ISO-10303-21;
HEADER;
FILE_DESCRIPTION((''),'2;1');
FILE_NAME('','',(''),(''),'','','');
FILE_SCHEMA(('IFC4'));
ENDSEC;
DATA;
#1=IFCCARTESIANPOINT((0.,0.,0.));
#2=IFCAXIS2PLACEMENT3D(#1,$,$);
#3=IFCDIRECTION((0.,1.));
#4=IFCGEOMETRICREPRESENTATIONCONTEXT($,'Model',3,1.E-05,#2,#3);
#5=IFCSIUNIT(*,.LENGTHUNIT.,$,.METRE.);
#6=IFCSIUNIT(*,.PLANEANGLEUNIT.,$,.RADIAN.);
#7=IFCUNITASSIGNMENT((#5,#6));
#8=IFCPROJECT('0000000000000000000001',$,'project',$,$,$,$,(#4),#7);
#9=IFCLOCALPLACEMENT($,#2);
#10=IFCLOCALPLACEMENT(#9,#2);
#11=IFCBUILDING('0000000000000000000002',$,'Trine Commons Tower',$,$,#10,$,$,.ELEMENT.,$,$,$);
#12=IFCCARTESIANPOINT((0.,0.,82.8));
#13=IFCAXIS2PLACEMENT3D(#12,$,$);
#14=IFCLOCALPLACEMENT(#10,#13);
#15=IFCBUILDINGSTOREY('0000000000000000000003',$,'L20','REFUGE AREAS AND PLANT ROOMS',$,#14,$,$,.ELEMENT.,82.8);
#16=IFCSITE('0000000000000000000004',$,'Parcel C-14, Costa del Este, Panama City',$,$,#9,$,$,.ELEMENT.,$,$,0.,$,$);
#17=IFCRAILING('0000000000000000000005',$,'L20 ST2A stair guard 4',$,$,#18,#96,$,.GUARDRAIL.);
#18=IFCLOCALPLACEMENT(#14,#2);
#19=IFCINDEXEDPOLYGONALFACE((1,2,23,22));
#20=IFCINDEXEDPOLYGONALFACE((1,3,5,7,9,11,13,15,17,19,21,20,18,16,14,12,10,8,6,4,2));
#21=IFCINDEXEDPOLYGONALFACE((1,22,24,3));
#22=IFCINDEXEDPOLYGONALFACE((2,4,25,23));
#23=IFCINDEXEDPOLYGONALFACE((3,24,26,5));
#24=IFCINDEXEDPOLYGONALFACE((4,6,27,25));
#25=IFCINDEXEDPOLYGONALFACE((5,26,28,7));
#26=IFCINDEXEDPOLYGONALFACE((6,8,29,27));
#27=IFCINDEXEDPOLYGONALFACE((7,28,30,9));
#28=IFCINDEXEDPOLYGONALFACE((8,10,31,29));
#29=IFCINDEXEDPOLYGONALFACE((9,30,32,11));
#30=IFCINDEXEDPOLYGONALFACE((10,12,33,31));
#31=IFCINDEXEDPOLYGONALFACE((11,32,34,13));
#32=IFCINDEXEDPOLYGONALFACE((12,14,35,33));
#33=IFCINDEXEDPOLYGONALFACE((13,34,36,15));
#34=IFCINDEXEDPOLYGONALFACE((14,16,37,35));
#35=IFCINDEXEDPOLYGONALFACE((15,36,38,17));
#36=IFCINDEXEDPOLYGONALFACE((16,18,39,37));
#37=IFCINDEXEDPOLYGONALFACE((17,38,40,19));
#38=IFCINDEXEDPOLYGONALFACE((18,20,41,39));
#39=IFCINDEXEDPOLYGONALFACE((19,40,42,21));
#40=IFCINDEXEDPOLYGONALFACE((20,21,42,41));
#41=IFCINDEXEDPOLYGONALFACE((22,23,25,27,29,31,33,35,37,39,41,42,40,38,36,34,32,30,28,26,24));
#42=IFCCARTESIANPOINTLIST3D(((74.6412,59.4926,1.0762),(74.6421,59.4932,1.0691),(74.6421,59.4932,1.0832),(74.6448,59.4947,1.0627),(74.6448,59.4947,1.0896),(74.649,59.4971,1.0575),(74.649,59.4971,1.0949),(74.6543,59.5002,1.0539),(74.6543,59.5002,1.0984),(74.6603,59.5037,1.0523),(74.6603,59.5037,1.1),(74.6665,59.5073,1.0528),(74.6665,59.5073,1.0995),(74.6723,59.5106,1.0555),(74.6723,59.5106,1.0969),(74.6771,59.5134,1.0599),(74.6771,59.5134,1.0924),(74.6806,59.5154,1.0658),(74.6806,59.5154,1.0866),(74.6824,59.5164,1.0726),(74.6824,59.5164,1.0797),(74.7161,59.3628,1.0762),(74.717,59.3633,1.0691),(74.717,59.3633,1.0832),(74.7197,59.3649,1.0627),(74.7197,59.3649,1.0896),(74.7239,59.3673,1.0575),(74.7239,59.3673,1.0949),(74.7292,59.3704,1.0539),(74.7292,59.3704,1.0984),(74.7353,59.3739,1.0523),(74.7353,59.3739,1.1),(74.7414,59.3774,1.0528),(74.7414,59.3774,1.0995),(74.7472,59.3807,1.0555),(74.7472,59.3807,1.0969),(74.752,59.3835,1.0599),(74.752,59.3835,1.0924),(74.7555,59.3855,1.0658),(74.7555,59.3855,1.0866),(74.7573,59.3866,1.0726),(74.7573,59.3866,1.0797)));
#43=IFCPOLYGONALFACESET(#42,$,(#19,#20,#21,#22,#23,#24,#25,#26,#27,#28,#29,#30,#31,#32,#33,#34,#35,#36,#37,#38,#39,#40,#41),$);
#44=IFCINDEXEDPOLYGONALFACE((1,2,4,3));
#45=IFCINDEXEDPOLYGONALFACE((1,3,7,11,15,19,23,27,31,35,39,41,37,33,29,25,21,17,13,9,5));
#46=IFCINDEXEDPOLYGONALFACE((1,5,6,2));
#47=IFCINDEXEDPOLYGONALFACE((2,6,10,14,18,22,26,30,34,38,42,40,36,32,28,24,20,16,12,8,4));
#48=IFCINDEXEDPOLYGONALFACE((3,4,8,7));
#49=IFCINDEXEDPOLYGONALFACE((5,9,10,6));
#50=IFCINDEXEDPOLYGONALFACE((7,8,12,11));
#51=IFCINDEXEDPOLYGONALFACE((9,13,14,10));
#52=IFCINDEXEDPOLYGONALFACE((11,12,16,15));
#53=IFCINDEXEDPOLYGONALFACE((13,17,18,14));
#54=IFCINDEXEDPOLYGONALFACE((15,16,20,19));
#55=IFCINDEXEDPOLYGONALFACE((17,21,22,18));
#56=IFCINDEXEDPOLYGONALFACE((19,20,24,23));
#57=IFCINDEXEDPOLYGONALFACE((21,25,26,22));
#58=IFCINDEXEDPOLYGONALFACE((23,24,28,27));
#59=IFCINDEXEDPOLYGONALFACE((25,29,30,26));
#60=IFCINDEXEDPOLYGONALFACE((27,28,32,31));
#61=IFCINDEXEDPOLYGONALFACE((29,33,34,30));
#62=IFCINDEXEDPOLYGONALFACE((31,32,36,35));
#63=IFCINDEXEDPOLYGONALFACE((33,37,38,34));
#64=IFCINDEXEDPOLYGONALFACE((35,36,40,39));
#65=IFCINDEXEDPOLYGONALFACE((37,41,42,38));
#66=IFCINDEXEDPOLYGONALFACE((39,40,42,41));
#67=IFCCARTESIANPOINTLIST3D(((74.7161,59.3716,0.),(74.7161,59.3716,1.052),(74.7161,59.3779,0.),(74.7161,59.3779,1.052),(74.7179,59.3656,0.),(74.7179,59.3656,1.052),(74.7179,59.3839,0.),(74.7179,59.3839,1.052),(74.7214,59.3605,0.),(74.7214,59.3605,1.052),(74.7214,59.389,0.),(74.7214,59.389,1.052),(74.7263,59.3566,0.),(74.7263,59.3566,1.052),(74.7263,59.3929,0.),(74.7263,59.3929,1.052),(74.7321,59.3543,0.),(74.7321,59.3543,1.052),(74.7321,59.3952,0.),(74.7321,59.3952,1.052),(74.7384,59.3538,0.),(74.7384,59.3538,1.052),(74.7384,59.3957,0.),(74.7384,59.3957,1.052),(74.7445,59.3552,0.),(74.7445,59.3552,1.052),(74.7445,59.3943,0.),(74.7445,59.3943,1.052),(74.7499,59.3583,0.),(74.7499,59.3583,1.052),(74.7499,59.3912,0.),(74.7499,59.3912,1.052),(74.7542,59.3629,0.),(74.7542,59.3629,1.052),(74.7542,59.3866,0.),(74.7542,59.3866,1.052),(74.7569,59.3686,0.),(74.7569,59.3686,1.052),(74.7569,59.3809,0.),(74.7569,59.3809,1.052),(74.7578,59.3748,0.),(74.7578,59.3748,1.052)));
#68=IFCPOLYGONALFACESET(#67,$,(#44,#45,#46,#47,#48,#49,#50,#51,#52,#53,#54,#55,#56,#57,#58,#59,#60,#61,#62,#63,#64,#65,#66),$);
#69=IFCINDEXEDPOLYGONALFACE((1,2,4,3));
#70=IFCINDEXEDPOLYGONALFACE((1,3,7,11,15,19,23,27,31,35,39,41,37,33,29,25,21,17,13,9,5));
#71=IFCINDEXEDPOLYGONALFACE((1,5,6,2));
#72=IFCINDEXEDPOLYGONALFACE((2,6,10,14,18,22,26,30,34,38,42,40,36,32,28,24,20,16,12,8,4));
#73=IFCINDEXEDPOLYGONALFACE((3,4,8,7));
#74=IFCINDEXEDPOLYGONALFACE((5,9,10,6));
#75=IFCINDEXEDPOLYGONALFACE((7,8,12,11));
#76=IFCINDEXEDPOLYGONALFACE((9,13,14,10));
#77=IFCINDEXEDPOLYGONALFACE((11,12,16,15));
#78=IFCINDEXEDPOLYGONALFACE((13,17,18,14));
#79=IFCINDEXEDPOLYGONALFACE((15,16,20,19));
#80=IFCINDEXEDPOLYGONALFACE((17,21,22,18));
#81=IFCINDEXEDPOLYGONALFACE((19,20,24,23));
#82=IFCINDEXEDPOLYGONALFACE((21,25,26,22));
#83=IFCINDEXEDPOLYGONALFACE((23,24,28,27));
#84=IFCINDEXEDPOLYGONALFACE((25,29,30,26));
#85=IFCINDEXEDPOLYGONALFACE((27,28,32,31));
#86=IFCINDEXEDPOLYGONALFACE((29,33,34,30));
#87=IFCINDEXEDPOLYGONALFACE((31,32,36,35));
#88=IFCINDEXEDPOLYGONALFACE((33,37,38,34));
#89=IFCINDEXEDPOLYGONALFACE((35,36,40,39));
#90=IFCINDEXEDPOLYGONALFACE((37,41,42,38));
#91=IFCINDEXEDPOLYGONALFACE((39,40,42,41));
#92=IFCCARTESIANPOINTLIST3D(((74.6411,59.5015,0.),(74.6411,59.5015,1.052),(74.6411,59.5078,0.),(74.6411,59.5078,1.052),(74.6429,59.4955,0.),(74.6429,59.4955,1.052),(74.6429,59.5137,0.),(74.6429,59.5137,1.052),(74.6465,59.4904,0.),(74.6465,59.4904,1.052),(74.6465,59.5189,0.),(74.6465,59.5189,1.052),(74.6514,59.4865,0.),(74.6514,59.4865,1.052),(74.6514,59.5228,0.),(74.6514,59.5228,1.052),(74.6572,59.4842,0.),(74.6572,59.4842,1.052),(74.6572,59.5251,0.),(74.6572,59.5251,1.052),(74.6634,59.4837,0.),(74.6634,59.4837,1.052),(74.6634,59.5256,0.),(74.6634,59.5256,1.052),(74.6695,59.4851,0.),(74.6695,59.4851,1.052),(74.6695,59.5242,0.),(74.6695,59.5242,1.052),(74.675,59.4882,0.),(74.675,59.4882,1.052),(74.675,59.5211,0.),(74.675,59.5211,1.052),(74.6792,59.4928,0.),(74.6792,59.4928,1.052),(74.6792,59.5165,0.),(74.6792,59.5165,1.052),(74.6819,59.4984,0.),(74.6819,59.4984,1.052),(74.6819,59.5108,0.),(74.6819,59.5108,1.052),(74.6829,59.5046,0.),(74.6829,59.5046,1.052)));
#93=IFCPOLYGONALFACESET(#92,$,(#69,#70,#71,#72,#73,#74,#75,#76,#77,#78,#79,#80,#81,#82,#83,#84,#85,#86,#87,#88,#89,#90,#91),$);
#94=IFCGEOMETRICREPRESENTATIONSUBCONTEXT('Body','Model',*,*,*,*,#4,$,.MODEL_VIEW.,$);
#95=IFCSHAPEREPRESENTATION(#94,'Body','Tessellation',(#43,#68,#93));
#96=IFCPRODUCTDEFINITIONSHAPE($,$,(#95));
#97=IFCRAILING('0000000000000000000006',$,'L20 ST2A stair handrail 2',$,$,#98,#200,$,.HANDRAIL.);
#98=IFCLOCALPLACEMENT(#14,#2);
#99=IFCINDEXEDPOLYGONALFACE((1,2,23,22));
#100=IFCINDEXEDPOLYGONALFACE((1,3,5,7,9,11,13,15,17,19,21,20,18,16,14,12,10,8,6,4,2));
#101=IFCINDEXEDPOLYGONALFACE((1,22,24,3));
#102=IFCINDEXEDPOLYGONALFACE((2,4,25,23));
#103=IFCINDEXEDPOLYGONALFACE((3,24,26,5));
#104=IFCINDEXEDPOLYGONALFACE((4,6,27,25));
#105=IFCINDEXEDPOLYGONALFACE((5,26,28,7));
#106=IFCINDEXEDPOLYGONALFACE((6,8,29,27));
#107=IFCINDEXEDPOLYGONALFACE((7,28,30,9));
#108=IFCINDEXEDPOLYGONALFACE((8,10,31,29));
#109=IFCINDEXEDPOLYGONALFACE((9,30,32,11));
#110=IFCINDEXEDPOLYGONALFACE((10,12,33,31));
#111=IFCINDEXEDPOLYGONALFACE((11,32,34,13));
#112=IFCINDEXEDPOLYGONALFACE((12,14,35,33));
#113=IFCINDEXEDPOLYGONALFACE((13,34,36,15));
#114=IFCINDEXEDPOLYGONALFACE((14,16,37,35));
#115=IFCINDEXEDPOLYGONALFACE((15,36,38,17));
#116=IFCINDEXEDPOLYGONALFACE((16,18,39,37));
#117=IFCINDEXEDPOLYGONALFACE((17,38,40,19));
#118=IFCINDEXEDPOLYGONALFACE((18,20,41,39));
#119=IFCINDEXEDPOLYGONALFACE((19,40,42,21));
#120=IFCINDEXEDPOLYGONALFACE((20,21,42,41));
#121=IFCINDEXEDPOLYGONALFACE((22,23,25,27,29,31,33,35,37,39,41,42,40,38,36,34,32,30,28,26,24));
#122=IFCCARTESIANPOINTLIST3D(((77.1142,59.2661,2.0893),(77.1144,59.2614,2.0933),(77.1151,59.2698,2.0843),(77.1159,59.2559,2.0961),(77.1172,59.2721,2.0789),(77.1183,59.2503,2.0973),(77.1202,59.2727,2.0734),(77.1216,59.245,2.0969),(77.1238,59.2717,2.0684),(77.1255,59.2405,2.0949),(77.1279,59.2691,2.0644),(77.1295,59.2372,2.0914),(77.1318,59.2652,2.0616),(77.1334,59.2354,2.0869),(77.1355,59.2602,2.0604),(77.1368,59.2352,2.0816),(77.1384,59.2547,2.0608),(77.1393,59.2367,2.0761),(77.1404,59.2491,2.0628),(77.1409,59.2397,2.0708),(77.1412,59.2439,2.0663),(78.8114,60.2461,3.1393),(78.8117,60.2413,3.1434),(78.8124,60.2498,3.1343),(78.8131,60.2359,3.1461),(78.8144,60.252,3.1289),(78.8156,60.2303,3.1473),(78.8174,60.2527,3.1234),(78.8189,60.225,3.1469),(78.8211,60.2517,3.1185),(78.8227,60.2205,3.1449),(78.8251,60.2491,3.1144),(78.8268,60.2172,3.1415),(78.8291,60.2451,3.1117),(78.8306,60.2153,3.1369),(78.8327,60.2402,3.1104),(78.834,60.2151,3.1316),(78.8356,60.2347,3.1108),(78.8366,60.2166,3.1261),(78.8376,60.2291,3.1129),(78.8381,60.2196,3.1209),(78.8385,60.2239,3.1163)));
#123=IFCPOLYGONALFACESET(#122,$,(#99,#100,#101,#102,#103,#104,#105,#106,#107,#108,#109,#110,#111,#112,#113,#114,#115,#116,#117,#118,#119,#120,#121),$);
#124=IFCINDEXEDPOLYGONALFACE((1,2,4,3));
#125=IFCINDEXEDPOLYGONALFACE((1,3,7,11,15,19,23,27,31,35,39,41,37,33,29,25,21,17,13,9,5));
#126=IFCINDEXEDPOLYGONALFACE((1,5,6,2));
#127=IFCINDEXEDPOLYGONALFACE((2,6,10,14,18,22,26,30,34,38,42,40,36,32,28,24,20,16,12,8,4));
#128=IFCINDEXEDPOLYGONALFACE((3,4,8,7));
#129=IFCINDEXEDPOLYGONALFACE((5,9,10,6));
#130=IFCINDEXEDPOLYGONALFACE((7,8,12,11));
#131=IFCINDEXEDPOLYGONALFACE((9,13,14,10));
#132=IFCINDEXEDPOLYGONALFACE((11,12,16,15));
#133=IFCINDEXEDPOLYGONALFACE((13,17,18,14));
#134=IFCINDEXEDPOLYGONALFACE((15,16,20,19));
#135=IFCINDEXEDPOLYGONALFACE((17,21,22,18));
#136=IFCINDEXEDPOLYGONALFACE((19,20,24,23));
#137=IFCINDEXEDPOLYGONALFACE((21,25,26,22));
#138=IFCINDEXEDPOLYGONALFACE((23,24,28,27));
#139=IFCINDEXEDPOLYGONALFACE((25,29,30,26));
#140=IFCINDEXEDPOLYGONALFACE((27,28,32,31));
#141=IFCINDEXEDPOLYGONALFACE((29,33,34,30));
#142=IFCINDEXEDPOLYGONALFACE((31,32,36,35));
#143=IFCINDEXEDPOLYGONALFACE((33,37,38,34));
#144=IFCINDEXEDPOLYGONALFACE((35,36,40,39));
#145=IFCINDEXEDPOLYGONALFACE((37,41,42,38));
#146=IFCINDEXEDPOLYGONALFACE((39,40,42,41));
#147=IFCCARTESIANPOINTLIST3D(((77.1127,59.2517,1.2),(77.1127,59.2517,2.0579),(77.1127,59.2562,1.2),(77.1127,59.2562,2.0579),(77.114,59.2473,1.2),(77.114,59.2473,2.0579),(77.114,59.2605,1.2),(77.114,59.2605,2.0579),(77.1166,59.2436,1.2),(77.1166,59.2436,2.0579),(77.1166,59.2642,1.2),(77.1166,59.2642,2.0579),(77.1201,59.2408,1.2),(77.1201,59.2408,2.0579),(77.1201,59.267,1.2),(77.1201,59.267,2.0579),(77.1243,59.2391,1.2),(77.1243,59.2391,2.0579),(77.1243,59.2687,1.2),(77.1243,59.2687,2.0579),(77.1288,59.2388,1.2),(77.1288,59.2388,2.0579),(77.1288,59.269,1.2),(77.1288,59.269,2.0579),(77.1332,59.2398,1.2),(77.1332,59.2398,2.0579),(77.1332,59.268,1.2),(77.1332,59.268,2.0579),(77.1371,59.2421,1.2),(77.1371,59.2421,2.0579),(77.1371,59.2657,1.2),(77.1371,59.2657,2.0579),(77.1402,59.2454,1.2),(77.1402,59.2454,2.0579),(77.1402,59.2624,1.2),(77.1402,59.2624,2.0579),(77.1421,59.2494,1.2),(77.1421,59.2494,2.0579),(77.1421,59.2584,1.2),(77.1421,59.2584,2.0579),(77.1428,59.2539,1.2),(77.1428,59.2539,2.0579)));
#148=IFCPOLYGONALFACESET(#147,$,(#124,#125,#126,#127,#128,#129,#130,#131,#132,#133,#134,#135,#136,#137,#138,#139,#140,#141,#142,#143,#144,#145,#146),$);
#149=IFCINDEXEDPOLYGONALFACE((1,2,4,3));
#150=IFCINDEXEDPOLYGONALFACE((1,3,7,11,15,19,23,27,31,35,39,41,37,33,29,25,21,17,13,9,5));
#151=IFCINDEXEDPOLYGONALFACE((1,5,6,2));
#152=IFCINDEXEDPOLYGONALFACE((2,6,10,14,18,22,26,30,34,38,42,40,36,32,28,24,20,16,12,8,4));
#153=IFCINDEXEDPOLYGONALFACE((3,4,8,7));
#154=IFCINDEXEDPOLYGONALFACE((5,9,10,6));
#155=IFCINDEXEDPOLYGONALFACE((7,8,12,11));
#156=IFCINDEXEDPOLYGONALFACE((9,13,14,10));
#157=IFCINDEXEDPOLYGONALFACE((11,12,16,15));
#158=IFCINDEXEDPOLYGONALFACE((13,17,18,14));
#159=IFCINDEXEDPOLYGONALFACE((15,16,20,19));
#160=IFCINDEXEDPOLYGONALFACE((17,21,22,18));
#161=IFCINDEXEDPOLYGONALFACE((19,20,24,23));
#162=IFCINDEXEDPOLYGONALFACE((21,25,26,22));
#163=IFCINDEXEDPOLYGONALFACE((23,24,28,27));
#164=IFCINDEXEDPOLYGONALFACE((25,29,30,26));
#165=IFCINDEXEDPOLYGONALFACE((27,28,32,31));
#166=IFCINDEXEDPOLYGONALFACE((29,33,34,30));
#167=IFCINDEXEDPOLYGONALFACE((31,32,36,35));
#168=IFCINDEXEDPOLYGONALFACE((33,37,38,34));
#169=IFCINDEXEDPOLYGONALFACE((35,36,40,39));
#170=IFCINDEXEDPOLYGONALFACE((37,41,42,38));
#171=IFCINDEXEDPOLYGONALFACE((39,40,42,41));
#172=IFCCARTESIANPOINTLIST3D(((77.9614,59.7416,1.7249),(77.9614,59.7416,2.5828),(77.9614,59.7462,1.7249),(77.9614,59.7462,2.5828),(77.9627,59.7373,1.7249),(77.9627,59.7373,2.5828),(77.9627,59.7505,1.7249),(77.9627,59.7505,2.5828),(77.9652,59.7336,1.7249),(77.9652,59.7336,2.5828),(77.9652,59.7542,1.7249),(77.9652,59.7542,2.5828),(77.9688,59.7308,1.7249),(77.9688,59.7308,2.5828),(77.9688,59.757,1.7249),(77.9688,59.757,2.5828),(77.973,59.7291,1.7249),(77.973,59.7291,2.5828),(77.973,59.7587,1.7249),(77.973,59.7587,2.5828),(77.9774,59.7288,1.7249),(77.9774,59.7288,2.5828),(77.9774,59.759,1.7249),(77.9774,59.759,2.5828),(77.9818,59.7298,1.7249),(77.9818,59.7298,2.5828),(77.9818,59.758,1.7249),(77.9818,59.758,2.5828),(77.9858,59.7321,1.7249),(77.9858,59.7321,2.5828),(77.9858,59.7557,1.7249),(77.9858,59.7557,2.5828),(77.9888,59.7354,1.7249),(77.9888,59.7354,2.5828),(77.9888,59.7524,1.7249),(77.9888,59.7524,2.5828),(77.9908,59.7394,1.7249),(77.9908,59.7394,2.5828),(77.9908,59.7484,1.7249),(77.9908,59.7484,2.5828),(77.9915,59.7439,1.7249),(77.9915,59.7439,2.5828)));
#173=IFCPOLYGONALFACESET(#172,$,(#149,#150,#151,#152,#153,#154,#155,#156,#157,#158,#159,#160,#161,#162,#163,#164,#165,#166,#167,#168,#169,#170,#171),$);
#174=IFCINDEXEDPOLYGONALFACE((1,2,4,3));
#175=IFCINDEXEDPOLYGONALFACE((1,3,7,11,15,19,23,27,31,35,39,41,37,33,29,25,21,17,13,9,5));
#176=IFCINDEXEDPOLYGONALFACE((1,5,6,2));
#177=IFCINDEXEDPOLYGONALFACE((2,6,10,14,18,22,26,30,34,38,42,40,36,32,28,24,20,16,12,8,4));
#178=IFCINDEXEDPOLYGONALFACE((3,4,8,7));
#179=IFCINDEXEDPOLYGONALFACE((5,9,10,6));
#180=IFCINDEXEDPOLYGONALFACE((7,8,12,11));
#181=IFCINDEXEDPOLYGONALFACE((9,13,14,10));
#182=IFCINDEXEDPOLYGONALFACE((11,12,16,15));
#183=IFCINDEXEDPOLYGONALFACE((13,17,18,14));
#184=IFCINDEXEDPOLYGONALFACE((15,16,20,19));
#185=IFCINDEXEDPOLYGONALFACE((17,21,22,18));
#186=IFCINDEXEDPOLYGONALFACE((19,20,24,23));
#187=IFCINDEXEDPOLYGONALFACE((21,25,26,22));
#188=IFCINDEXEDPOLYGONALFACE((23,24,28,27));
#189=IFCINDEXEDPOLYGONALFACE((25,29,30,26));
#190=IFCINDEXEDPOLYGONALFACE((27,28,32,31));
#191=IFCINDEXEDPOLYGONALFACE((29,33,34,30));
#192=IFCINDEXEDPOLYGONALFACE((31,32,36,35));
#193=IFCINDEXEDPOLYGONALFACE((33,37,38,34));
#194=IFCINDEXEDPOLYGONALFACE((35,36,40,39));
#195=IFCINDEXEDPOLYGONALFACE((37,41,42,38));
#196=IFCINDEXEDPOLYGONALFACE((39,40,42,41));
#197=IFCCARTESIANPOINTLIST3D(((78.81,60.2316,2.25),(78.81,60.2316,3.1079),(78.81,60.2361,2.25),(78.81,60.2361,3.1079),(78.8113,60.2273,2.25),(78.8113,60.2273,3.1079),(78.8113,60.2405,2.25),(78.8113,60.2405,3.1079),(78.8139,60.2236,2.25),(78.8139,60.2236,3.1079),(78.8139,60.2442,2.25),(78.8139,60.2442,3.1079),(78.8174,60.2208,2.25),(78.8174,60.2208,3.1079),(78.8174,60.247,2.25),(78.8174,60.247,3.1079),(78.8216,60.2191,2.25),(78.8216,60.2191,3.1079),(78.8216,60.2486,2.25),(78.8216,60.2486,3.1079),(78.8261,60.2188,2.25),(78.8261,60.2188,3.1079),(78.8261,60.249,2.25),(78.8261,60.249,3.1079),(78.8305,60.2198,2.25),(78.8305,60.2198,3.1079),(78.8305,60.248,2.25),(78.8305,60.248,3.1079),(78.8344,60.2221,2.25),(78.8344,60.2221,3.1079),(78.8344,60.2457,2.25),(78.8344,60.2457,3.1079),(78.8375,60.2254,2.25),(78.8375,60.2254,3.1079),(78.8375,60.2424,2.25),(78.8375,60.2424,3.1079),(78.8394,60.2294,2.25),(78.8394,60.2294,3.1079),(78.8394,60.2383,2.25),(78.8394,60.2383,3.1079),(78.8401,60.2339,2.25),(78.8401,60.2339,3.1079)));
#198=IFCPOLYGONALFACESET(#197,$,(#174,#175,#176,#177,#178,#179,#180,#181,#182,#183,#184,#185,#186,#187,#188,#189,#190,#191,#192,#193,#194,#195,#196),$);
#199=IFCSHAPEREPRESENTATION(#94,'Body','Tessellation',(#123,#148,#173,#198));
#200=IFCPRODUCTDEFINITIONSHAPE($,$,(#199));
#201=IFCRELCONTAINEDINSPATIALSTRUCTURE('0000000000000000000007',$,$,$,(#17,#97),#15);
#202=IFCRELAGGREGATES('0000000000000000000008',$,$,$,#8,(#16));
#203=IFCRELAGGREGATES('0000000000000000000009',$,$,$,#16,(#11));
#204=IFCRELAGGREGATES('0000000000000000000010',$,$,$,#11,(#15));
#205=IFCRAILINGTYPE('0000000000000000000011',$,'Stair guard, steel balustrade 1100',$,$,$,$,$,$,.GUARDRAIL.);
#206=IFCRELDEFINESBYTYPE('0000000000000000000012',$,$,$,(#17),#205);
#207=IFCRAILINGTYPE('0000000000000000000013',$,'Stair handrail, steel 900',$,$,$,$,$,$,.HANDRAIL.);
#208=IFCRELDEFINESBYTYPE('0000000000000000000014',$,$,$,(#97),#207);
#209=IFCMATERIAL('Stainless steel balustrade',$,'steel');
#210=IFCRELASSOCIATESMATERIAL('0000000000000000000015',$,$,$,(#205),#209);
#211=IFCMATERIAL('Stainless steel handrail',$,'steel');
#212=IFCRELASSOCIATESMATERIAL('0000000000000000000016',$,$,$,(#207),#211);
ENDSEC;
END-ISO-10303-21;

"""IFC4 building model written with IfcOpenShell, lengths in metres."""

from ifc_helpers import new_model, si_unit, direction, frame, origin, origin_2d, place, context, subcontext, project, spatial, circle, extrude, material, type_object, element, save


model = new_model("IFC4")

# Units and contexts
model_context = context("Model", 3, precision=1e-05, world=origin(), true_north=direction((0.0, 1.0)))
body_context = subcontext(model_context, "Body", "Model", "MODEL_VIEW")
ifc_project = project(units=[si_unit("LENGTHUNIT", "METRE"), si_unit("PLANEANGLEUNIT", "RADIAN")], contexts=[model_context])

# Site, building, storey
site_placement = place(None, origin())
site = spatial("IfcSite", under=ifc_project, at=site_placement, Name="Parcel C-14, Costa del Este, Panama City", CompositionType="ELEMENT", RefElevation=0.0)
building_placement = place(site_placement, origin())
building = spatial("IfcBuilding", under=site, at=building_placement, Name="Trine Commons Tower", CompositionType="ELEMENT")
storey_placement = place(building_placement, frame((0.0, 0.0, 82.8)))
storey = spatial("IfcBuildingStorey", under=building, at=storey_placement, Name="L20", Description="REFUGE AREAS AND PLANT ROOMS", CompositionType="ELEMENT", Elevation=82.8)

# Railings
ifc_material_1 = material(Name="Stainless steel balustrade", Category="steel")
railing_type_1 = type_object("IfcRailingType", Name="Stair guard, steel balustrade 1100", PredefinedType="GUARDRAIL", material=ifc_material_1)
railing_1_placement = place(storey_placement, frame((74.7368, 59.3748, 0.0)))
element("IfcRailing", 1, at=railing_1_placement, inside=storey, type_object=railing_type_1, Name="L20 ST2A stair guard 4", PredefinedType="GUARDRAIL", context=body_context, shape_type="SweptSolid", body=[
    extrude(circle(Radius=0.0239, at=origin_2d()), frame((0.0, 0.0, 1.0762), z_axis=(-0.499816, 0.866131, 0.0), x_axis=(-0.866131, -0.499816, 0.0)), (0.0, 0.0, 1.0), 0.1499),
    extrude(circle(Radius=0.021, at=origin_2d()), origin(), (0.0, 0.0, 1.0), 1.052),
    extrude(circle(Radius=0.021, at=origin_2d()), frame((-0.075, 0.1299, 0.0)), (0.0, 0.0, 1.0), 1.052),
])
ifc_material_2 = material(Name="Stainless steel handrail", Category="steel")
railing_type_2 = type_object("IfcRailingType", Name="Stair handrail, steel 900", PredefinedType="HANDRAIL", material=ifc_material_2)
railing_2_placement = place(storey_placement, frame((77.1277, 59.2539, 1.2)))
element("IfcRailing", 2, at=railing_2_placement, inside=storey, type_object=railing_type_2, Name="L20 ST2A stair handrail 2", PredefinedType="HANDRAIL", context=body_context, shape_type="SweptSolid", body=[
    extrude(circle(Radius=0.021, at=origin_2d()), frame((0.0, 0.0, 0.8789), z_axis=(0.763352, 0.44075, 0.472264), x_axis=(-0.500024, 0.866011, 0.0)), (0.0, 0.0, 1.0), 2.2234),
    extrude(circle(Radius=0.0151, at=origin_2d()), origin(), (0.0, 0.0, 1.0), 0.8579),
    extrude(circle(Radius=0.0151, at=origin_2d()), frame((0.8486, 0.49, 0.5249)), (0.0, 0.0, 1.0), 0.8579),
    extrude(circle(Radius=0.0151, at=origin_2d()), frame((1.6973, 0.98, 1.05)), (0.0, 0.0, 1.0), 0.8579),
])

save(model, "model.ifc")
